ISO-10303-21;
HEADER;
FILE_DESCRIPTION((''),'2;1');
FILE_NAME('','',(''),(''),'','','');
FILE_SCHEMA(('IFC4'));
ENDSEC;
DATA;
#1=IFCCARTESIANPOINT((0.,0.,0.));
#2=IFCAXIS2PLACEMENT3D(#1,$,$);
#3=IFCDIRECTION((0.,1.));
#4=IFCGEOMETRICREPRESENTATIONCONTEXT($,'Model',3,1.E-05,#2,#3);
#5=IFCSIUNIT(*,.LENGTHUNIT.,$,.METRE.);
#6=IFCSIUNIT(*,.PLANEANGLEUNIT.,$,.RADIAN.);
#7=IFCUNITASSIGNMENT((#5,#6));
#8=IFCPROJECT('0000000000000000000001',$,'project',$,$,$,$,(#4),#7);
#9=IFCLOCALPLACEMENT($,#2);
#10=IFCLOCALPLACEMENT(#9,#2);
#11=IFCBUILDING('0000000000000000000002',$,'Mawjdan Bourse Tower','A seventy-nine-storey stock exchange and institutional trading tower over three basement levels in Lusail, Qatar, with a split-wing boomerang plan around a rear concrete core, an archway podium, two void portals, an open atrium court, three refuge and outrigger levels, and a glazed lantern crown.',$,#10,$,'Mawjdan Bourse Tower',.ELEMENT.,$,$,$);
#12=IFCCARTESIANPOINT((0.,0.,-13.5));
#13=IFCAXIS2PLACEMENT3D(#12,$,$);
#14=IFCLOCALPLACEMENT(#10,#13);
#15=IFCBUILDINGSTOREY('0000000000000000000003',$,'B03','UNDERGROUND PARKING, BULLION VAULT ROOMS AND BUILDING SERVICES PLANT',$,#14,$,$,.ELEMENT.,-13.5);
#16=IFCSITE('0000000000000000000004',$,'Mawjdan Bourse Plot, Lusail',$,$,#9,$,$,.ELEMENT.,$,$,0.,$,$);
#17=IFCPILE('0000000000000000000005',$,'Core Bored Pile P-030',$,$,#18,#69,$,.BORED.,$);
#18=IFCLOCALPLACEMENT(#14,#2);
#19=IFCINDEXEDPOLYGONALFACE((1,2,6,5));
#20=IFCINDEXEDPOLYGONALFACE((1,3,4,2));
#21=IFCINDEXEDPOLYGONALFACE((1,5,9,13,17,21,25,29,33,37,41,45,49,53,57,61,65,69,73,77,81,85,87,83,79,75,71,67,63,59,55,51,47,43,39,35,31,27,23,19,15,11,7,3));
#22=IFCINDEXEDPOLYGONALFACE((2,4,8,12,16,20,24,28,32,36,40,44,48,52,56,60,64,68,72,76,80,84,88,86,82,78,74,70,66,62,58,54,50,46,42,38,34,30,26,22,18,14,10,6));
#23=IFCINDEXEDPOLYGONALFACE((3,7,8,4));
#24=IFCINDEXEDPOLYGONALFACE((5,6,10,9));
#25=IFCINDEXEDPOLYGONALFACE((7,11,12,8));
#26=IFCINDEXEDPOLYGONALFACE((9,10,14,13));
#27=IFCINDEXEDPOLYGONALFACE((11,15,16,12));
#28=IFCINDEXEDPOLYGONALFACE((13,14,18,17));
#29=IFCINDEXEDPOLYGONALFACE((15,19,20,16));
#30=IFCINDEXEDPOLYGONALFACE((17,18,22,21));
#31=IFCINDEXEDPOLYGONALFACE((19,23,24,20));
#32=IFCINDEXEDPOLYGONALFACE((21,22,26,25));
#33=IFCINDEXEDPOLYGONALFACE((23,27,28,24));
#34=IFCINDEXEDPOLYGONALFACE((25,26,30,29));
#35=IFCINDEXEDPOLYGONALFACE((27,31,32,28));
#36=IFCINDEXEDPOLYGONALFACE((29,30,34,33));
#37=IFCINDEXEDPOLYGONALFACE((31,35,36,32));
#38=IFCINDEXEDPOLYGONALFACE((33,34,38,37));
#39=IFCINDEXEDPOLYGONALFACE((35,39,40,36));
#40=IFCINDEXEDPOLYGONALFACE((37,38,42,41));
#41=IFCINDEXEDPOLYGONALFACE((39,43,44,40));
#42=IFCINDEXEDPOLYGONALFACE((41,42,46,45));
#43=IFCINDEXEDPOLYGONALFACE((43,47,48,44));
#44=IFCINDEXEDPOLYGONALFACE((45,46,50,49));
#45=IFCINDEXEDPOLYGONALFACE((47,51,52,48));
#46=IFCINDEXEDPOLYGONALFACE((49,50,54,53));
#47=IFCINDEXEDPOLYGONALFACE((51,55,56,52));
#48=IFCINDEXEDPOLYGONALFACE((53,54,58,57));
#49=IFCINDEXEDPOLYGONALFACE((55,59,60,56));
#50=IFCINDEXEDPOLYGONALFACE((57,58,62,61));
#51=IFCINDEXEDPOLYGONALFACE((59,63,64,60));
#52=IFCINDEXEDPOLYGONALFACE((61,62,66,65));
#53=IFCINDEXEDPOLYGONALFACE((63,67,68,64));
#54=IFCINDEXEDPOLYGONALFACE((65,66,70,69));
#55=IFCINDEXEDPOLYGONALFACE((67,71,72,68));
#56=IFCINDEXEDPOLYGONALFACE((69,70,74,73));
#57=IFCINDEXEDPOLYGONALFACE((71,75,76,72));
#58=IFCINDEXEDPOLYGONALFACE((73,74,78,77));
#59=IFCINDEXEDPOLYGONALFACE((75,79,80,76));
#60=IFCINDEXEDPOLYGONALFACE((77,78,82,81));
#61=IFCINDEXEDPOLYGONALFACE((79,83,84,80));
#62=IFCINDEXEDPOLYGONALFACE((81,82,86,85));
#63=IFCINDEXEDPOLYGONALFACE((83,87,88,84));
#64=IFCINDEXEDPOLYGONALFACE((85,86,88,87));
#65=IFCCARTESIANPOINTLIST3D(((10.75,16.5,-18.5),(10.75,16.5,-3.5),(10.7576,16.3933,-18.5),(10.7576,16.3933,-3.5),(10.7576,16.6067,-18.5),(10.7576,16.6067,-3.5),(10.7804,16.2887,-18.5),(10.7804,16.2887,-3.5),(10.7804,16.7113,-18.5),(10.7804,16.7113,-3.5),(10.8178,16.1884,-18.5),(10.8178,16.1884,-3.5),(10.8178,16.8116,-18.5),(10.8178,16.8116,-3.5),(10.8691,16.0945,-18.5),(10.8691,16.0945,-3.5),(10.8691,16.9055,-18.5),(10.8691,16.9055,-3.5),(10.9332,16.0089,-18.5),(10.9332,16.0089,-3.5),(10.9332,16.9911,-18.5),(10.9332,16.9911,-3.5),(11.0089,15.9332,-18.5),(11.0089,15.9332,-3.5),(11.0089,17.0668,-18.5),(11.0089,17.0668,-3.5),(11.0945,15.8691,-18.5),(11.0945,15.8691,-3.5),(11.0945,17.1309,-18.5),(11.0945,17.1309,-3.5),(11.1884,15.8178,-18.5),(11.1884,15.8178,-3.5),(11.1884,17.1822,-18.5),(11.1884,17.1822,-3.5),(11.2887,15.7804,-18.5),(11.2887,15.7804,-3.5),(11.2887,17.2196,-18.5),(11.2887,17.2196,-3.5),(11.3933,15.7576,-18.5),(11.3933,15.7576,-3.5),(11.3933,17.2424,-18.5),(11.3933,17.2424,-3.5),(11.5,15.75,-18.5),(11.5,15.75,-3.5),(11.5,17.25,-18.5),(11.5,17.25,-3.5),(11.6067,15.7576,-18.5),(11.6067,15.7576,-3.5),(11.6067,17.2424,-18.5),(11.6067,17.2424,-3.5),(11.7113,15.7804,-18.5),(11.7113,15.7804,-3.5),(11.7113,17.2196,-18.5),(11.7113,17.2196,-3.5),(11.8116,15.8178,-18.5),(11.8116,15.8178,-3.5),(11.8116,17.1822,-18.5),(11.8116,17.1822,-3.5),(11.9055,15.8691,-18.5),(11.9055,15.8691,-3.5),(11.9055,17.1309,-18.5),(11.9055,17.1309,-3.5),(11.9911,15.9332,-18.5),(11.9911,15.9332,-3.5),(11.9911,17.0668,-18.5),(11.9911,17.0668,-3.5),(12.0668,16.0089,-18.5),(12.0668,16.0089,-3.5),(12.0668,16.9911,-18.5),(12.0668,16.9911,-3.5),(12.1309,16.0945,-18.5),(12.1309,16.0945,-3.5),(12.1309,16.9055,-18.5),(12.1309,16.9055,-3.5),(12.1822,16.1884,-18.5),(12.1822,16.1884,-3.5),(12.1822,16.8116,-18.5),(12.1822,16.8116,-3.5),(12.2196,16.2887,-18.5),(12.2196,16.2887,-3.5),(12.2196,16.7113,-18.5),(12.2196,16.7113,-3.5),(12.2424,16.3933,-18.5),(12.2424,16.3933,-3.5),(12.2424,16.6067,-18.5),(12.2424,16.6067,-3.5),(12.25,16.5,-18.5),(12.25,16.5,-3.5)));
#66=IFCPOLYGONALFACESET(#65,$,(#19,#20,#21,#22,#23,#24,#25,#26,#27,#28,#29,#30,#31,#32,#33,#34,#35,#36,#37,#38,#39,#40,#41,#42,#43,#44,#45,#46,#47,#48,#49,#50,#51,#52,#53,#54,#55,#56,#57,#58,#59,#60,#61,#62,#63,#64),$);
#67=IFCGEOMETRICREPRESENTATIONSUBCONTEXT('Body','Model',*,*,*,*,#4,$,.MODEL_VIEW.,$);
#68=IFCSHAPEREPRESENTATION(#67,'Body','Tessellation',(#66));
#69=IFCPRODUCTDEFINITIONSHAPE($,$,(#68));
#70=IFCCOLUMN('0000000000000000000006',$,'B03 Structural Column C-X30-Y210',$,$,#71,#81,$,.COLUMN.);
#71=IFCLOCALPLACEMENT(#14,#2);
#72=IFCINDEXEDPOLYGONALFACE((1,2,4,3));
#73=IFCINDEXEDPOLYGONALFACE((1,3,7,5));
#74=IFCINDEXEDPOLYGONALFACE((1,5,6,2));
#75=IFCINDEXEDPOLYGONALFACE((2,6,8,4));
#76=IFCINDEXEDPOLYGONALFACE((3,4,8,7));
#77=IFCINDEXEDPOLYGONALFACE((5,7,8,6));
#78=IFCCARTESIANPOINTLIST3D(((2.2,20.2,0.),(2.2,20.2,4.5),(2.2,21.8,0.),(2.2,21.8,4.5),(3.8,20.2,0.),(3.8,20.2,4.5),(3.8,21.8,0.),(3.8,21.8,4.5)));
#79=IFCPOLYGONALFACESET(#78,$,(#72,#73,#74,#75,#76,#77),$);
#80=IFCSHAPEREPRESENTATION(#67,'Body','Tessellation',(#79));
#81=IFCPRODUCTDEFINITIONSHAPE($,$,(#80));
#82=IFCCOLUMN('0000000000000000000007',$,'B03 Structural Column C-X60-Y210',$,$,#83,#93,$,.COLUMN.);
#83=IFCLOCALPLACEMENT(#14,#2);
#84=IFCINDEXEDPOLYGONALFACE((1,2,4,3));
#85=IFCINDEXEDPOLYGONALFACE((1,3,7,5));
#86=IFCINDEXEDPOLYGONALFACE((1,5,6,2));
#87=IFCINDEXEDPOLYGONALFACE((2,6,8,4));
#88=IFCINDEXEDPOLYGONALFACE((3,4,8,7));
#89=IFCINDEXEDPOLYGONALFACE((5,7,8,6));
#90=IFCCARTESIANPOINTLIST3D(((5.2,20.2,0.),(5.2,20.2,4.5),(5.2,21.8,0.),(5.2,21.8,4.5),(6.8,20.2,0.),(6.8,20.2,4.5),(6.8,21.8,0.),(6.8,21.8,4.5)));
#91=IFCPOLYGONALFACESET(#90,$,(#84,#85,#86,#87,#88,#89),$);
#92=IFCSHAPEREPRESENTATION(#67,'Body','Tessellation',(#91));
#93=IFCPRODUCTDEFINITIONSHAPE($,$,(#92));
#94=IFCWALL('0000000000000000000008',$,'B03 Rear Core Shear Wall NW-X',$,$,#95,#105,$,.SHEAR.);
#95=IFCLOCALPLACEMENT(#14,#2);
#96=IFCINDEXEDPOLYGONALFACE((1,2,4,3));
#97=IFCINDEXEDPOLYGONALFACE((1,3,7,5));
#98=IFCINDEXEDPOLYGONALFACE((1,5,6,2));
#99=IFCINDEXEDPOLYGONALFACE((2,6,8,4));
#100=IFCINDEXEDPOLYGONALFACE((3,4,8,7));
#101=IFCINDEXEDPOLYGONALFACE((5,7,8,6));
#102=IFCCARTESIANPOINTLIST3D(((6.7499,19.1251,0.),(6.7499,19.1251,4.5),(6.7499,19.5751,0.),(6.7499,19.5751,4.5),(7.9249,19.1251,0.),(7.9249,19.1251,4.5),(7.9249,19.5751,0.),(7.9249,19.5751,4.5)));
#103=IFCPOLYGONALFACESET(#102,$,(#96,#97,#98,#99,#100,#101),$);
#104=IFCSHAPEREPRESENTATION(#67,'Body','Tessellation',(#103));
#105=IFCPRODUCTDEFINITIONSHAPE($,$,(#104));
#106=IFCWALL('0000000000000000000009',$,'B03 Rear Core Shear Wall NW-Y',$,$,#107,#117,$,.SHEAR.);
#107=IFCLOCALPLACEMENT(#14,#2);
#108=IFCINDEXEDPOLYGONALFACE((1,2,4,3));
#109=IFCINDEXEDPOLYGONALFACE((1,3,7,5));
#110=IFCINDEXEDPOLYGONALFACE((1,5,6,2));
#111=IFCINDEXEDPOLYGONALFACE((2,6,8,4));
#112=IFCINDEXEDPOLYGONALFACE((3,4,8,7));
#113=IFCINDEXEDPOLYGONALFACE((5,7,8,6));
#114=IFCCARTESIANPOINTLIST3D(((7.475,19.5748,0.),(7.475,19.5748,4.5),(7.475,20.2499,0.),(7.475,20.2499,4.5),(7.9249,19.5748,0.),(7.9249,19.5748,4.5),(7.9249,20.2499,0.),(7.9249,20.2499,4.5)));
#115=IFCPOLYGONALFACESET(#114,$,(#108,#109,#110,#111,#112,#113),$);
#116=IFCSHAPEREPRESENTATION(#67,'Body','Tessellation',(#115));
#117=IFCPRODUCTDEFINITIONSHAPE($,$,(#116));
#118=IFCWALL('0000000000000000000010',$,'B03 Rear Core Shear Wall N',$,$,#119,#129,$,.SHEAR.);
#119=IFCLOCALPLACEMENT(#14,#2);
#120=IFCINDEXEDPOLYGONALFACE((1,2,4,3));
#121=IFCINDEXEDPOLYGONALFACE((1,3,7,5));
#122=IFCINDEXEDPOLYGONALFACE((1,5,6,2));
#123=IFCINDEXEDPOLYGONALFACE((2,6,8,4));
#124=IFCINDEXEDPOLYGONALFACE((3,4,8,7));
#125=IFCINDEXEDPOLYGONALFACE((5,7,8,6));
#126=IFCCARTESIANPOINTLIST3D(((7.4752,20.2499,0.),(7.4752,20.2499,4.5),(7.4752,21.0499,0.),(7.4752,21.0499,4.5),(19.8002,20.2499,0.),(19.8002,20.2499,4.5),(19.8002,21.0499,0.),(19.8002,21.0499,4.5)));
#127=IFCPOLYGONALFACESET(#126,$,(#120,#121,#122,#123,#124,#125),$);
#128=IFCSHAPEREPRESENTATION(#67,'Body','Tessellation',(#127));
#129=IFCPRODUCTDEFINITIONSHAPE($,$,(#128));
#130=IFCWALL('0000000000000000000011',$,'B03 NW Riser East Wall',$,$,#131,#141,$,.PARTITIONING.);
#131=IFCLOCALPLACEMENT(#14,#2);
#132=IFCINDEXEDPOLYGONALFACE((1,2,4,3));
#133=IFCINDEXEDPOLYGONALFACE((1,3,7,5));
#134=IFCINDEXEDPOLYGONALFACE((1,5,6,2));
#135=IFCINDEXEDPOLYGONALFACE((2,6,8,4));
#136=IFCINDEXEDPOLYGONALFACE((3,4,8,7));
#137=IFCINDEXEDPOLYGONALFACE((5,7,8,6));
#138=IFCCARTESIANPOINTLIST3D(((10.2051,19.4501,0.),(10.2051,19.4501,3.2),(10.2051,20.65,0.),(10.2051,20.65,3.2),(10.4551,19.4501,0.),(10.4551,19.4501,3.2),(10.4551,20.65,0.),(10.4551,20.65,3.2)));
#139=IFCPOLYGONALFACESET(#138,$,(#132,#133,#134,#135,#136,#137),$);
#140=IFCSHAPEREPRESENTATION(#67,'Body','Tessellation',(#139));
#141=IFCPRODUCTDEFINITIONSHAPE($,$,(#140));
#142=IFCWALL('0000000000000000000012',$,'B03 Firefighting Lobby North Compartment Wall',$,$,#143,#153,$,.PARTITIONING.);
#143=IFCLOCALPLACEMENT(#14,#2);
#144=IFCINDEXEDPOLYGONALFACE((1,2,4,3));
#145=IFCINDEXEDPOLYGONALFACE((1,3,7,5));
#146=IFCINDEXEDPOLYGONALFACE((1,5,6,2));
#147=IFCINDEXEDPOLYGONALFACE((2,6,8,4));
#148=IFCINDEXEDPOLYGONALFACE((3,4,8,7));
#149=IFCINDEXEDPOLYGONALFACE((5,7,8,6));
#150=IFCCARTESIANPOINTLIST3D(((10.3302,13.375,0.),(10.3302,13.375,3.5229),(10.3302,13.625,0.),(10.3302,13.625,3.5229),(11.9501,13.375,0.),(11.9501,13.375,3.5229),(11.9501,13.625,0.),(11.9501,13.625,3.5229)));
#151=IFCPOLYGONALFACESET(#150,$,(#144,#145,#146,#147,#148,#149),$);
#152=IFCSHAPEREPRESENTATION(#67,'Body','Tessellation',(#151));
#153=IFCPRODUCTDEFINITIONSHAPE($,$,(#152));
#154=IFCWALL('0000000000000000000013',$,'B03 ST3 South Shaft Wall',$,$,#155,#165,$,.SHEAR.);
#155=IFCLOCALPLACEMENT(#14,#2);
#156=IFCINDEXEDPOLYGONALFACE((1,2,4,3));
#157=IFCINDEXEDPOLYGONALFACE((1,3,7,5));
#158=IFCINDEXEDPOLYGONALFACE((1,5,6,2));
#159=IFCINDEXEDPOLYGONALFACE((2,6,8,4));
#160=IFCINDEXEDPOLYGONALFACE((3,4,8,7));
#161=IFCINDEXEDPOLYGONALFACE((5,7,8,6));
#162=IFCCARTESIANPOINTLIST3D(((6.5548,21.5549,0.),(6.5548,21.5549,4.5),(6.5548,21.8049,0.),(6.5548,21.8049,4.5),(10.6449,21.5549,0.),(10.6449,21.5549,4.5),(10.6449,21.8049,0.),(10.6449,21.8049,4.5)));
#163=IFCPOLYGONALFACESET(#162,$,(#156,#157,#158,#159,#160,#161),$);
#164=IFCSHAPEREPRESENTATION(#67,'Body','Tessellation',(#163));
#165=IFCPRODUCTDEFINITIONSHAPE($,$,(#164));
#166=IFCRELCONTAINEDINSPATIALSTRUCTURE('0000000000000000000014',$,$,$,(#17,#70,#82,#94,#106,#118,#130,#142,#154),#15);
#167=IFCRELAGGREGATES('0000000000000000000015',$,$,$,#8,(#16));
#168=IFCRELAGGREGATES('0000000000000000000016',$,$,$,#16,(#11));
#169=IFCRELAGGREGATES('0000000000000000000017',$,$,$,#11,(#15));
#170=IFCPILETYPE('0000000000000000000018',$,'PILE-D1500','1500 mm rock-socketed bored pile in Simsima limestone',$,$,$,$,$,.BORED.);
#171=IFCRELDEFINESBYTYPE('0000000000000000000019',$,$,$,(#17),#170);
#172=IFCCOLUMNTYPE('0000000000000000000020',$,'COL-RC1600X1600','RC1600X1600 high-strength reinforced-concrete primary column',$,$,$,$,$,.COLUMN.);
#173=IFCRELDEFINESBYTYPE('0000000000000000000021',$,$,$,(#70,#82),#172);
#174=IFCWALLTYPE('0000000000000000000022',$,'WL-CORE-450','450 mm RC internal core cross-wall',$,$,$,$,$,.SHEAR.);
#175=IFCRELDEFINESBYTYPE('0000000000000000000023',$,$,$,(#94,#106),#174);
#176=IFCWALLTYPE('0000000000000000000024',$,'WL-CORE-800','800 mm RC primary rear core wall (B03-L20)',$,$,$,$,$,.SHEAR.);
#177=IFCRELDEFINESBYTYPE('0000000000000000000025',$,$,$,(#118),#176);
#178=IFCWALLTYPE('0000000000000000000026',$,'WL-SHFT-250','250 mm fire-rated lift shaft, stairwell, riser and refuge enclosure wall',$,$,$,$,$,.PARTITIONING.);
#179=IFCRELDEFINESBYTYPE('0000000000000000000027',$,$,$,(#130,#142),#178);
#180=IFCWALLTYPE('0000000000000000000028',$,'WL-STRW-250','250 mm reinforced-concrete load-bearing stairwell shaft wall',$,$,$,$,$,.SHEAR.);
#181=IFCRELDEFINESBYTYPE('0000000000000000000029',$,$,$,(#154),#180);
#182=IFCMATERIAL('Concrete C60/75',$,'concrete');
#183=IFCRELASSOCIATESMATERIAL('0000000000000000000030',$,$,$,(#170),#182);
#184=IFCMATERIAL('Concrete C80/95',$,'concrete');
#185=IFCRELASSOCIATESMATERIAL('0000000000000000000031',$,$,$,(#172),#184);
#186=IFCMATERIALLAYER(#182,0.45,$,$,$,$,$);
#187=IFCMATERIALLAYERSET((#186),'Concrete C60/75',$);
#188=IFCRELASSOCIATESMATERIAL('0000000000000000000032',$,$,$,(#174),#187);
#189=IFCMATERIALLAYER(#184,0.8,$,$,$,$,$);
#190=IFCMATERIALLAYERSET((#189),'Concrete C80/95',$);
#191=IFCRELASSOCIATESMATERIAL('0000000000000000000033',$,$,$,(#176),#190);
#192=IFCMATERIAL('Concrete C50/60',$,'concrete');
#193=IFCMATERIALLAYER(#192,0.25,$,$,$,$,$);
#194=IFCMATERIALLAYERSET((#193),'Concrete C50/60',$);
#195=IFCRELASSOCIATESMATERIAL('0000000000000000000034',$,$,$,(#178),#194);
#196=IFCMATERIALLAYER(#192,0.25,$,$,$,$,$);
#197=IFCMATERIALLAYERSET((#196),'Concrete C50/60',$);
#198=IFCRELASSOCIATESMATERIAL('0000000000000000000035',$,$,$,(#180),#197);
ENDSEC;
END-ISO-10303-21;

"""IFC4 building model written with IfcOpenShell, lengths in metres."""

from ifc_helpers import new_model, si_unit, direction, frame, frame_2d, origin, origin_2d, place, context, subcontext, project, spatial, rectangle, circle, extrude, material, layer, layer_set, material_profile, profile_set, type_object, element, save


model = new_model("IFC4")

# Units and contexts
model_context = context("Model", 3, precision=1e-05, world=origin(), true_north=direction((0.0, 1.0)))
body_context = subcontext(model_context, "Body", "Model", "MODEL_VIEW")
ifc_project = project(units=[si_unit("LENGTHUNIT", "METRE"), si_unit("PLANEANGLEUNIT", "RADIAN")], contexts=[model_context])

# Site, building, storey
site_placement = place(None, origin())
site = spatial("IfcSite", under=ifc_project, at=site_placement, Name="Mawjdan Bourse Plot, Lusail", CompositionType="ELEMENT", RefElevation=0.0)
building_placement = place(site_placement, origin())
building = spatial("IfcBuilding", under=site, at=building_placement, Name="Mawjdan Bourse Tower", Description="A seventy-nine-storey stock exchange and institutional trading tower over three basement levels in Lusail, Qatar, with a split-wing boomerang plan around a rear concrete core, an archway podium, two void portals, an open atrium court, three refuge and outrigger levels, and a glazed lantern crown.", LongName="Mawjdan Bourse Tower", CompositionType="ELEMENT")
storey_placement = place(building_placement, frame((0.0, 0.0, -13.5)))
storey = spatial("IfcBuildingStorey", under=building, at=storey_placement, Name="B03", Description="UNDERGROUND PARKING, BULLION VAULT ROOMS AND BUILDING SERVICES PLANT", CompositionType="ELEMENT", Elevation=-13.5)

# Pile
ifc_material_1 = material(Name="Concrete C60/75", Category="concrete")
ifc_material_profile_1 = material_profile(ifc_material_1, circle(Radius=0.75, at=origin_2d()), Name="PILE-D1500")
ifc_profile_set_1 = profile_set([ifc_material_profile_1], Name="Concrete C60/75")
pile_type_1 = type_object("IfcPileType", Name="PILE-D1500", Description="1500 mm rock-socketed bored pile in Simsima limestone", PredefinedType="BORED", material=ifc_profile_set_1)
for number, where, z_axis, x_axis, name in (
    (1, (11.5, 16.5, -3.5), (0.0, 0.0, -1.0), (1.0, 0.0, 0.0), "Core Bored Pile P-030"),
):
    element("IfcPile", number, at=place(storey_placement, frame(where, z_axis=z_axis, x_axis=x_axis)), inside=storey, type_object=pile_type_1, Name=name, PredefinedType="BORED", context=body_context, shape_type="SweptSolid", body=[
        extrude(circle(Radius=0.75, at=origin_2d()), origin(), (0.0, 0.0, 1.0), 15.0),
    ])

# Columns
ifc_material_2 = material(Name="Concrete C80/95", Category="concrete")
ifc_material_profile_2 = material_profile(ifc_material_2, rectangle(XDim=1.6001, YDim=1.6001, at=origin_2d()), Name="RC1600X1600")
ifc_profile_set_2 = profile_set([ifc_material_profile_2], Name="Concrete C80/95")
column_type = type_object("IfcColumnType", Name="COL-RC1600X1600", Description="RC1600X1600 high-strength reinforced-concrete primary column", PredefinedType="COLUMN", material=ifc_profile_set_2)
for number, where, z_axis, x_axis, name in (
    (2, (3.0, 21.0, 0.0), (0.0, 0.0, 1.0), (1.0, 0.0, 0.0), "B03 Structural Column C-X30-Y210"),
    (3, (6.0, 21.0, 0.0), (0.0, 0.0, 1.0), (1.0, 0.0, 0.0), "B03 Structural Column C-X60-Y210"),
):
    element("IfcColumn", number, at=place(storey_placement, frame(where, z_axis=z_axis, x_axis=x_axis)), inside=storey, type_object=column_type, Name=name, PredefinedType="COLUMN", context=body_context, shape_type="SweptSolid", body=[
        extrude(rectangle(XDim=1.6001, YDim=1.6001, at=origin_2d()), origin(), (0.0, 0.0, 1.0), 4.5),
    ])

# Walls
ifc_layer_1 = layer(ifc_material_1, 0.45)
ifc_layer_set_1 = layer_set([ifc_layer_1], Name="Concrete C60/75")
wall_type_1 = type_object("IfcWallType", Name="WL-CORE-450", Description="450 mm RC internal core cross-wall", PredefinedType="SHEAR", material=ifc_layer_set_1)
wall_1_placement = place(storey_placement, frame((6.75, 19.3501, 0.0), z_axis=(0.0, 0.0, 1.0), x_axis=(1.0, 0.0, 0.0)))
element("IfcWall", 4, at=wall_1_placement, inside=storey, type_object=wall_type_1, Name="B03 Rear Core Shear Wall NW-X", PredefinedType="SHEAR", context=body_context, shape_type="SweptSolid", body=[
    extrude(rectangle(XDim=1.175, YDim=0.45, at=frame_2d((0.5874, 0.0))), origin(), (0.0, 0.0, 1.0), 4.5),
])
wall_2_placement = place(storey_placement, frame((7.7, 19.575, 0.0), z_axis=(0.0, 0.0, 1.0), x_axis=(0.0, 1.0, 0.0)))
element("IfcWall", 5, at=wall_2_placement, inside=storey, type_object=wall_type_1, Name="B03 Rear Core Shear Wall NW-Y", PredefinedType="SHEAR", context=body_context, shape_type="SweptSolid", body=[
    extrude(rectangle(XDim=0.675, YDim=0.45, at=frame_2d((0.3374, 0.0))), origin(), (0.0, 0.0, 1.0), 4.5),
])
ifc_layer_2 = layer(ifc_material_2, 0.8)
ifc_layer_set_2 = layer_set([ifc_layer_2], Name="Concrete C80/95")
wall_type_2 = type_object("IfcWallType", Name="WL-CORE-800", Description="800 mm RC primary rear core wall (B03-L20)", PredefinedType="SHEAR", material=ifc_layer_set_2)
wall_3_placement = place(storey_placement, frame((7.4751, 20.6499, 0.0), z_axis=(0.0, 0.0, 1.0), x_axis=(1.0, 0.0, 0.0)))
element("IfcWall", 6, at=wall_3_placement, inside=storey, type_object=wall_type_2, Name="B03 Rear Core Shear Wall N", PredefinedType="SHEAR", context=body_context, shape_type="SweptSolid", body=[
    extrude(rectangle(XDim=12.325, YDim=0.8, at=frame_2d((6.1626, 0.0))), origin(), (0.0, 0.0, 1.0), 4.5),
])
ifc_material_3 = material(Name="Concrete C50/60", Category="concrete")
ifc_layer_3 = layer(ifc_material_3, 0.25)
ifc_layer_set_3 = layer_set([ifc_layer_3], Name="Concrete C50/60")
wall_type_3 = type_object("IfcWallType", Name="WL-SHFT-250", Description="250 mm fire-rated lift shaft, stairwell, riser and refuge enclosure wall", PredefinedType="PARTITIONING", material=ifc_layer_set_3)
wall_4_placement = place(storey_placement, frame((10.3301, 19.45, 0.0), z_axis=(0.0, 0.0, 1.0), x_axis=(0.0, 1.0, 0.0)))
element("IfcWall", 7, at=wall_4_placement, inside=storey, type_object=wall_type_3, Name="B03 NW Riser East Wall", PredefinedType="PARTITIONING", context=body_context, shape_type="SweptSolid", body=[
    extrude(rectangle(XDim=1.2, YDim=0.25, at=frame_2d((0.6001, 0.0))), origin(), (0.0, 0.0, 1.0), 3.2),
])
wall_5_placement = place(storey_placement, frame((10.3301, 13.5, 0.0), z_axis=(0.0, 0.0, 1.0), x_axis=(1.0, 0.0, 0.0)))
element("IfcWall", 8, at=wall_5_placement, inside=storey, type_object=wall_type_3, Name="B03 Firefighting Lobby North Compartment Wall", PredefinedType="PARTITIONING", context=body_context, shape_type="SweptSolid", body=[
    extrude(rectangle(XDim=1.6199, YDim=0.25, at=frame_2d((0.8101, 0.0))), origin(), (0.0, 0.0, 1.0), 3.5229),
])
ifc_layer_4 = layer(ifc_material_3, 0.25)
ifc_layer_set_4 = layer_set([ifc_layer_4], Name="Concrete C50/60")
wall_type_4 = type_object("IfcWallType", Name="WL-STRW-250", Description="250 mm reinforced-concrete load-bearing stairwell shaft wall", PredefinedType="SHEAR", material=ifc_layer_set_4)
wall_6_placement = place(storey_placement, frame((6.5549, 21.6799, 0.0), z_axis=(0.0, 0.0, 1.0), x_axis=(1.0, 0.0, 0.0)))
element("IfcWall", 9, at=wall_6_placement, inside=storey, type_object=wall_type_4, Name="B03 ST3 South Shaft Wall", PredefinedType="SHEAR", context=body_context, shape_type="SweptSolid", body=[
    extrude(rectangle(XDim=4.0901, YDim=0.25, at=frame_2d((2.0449, 0.0))), origin(), (0.0, 0.0, 1.0), 4.5),
])

save(model, "model.ifc")
